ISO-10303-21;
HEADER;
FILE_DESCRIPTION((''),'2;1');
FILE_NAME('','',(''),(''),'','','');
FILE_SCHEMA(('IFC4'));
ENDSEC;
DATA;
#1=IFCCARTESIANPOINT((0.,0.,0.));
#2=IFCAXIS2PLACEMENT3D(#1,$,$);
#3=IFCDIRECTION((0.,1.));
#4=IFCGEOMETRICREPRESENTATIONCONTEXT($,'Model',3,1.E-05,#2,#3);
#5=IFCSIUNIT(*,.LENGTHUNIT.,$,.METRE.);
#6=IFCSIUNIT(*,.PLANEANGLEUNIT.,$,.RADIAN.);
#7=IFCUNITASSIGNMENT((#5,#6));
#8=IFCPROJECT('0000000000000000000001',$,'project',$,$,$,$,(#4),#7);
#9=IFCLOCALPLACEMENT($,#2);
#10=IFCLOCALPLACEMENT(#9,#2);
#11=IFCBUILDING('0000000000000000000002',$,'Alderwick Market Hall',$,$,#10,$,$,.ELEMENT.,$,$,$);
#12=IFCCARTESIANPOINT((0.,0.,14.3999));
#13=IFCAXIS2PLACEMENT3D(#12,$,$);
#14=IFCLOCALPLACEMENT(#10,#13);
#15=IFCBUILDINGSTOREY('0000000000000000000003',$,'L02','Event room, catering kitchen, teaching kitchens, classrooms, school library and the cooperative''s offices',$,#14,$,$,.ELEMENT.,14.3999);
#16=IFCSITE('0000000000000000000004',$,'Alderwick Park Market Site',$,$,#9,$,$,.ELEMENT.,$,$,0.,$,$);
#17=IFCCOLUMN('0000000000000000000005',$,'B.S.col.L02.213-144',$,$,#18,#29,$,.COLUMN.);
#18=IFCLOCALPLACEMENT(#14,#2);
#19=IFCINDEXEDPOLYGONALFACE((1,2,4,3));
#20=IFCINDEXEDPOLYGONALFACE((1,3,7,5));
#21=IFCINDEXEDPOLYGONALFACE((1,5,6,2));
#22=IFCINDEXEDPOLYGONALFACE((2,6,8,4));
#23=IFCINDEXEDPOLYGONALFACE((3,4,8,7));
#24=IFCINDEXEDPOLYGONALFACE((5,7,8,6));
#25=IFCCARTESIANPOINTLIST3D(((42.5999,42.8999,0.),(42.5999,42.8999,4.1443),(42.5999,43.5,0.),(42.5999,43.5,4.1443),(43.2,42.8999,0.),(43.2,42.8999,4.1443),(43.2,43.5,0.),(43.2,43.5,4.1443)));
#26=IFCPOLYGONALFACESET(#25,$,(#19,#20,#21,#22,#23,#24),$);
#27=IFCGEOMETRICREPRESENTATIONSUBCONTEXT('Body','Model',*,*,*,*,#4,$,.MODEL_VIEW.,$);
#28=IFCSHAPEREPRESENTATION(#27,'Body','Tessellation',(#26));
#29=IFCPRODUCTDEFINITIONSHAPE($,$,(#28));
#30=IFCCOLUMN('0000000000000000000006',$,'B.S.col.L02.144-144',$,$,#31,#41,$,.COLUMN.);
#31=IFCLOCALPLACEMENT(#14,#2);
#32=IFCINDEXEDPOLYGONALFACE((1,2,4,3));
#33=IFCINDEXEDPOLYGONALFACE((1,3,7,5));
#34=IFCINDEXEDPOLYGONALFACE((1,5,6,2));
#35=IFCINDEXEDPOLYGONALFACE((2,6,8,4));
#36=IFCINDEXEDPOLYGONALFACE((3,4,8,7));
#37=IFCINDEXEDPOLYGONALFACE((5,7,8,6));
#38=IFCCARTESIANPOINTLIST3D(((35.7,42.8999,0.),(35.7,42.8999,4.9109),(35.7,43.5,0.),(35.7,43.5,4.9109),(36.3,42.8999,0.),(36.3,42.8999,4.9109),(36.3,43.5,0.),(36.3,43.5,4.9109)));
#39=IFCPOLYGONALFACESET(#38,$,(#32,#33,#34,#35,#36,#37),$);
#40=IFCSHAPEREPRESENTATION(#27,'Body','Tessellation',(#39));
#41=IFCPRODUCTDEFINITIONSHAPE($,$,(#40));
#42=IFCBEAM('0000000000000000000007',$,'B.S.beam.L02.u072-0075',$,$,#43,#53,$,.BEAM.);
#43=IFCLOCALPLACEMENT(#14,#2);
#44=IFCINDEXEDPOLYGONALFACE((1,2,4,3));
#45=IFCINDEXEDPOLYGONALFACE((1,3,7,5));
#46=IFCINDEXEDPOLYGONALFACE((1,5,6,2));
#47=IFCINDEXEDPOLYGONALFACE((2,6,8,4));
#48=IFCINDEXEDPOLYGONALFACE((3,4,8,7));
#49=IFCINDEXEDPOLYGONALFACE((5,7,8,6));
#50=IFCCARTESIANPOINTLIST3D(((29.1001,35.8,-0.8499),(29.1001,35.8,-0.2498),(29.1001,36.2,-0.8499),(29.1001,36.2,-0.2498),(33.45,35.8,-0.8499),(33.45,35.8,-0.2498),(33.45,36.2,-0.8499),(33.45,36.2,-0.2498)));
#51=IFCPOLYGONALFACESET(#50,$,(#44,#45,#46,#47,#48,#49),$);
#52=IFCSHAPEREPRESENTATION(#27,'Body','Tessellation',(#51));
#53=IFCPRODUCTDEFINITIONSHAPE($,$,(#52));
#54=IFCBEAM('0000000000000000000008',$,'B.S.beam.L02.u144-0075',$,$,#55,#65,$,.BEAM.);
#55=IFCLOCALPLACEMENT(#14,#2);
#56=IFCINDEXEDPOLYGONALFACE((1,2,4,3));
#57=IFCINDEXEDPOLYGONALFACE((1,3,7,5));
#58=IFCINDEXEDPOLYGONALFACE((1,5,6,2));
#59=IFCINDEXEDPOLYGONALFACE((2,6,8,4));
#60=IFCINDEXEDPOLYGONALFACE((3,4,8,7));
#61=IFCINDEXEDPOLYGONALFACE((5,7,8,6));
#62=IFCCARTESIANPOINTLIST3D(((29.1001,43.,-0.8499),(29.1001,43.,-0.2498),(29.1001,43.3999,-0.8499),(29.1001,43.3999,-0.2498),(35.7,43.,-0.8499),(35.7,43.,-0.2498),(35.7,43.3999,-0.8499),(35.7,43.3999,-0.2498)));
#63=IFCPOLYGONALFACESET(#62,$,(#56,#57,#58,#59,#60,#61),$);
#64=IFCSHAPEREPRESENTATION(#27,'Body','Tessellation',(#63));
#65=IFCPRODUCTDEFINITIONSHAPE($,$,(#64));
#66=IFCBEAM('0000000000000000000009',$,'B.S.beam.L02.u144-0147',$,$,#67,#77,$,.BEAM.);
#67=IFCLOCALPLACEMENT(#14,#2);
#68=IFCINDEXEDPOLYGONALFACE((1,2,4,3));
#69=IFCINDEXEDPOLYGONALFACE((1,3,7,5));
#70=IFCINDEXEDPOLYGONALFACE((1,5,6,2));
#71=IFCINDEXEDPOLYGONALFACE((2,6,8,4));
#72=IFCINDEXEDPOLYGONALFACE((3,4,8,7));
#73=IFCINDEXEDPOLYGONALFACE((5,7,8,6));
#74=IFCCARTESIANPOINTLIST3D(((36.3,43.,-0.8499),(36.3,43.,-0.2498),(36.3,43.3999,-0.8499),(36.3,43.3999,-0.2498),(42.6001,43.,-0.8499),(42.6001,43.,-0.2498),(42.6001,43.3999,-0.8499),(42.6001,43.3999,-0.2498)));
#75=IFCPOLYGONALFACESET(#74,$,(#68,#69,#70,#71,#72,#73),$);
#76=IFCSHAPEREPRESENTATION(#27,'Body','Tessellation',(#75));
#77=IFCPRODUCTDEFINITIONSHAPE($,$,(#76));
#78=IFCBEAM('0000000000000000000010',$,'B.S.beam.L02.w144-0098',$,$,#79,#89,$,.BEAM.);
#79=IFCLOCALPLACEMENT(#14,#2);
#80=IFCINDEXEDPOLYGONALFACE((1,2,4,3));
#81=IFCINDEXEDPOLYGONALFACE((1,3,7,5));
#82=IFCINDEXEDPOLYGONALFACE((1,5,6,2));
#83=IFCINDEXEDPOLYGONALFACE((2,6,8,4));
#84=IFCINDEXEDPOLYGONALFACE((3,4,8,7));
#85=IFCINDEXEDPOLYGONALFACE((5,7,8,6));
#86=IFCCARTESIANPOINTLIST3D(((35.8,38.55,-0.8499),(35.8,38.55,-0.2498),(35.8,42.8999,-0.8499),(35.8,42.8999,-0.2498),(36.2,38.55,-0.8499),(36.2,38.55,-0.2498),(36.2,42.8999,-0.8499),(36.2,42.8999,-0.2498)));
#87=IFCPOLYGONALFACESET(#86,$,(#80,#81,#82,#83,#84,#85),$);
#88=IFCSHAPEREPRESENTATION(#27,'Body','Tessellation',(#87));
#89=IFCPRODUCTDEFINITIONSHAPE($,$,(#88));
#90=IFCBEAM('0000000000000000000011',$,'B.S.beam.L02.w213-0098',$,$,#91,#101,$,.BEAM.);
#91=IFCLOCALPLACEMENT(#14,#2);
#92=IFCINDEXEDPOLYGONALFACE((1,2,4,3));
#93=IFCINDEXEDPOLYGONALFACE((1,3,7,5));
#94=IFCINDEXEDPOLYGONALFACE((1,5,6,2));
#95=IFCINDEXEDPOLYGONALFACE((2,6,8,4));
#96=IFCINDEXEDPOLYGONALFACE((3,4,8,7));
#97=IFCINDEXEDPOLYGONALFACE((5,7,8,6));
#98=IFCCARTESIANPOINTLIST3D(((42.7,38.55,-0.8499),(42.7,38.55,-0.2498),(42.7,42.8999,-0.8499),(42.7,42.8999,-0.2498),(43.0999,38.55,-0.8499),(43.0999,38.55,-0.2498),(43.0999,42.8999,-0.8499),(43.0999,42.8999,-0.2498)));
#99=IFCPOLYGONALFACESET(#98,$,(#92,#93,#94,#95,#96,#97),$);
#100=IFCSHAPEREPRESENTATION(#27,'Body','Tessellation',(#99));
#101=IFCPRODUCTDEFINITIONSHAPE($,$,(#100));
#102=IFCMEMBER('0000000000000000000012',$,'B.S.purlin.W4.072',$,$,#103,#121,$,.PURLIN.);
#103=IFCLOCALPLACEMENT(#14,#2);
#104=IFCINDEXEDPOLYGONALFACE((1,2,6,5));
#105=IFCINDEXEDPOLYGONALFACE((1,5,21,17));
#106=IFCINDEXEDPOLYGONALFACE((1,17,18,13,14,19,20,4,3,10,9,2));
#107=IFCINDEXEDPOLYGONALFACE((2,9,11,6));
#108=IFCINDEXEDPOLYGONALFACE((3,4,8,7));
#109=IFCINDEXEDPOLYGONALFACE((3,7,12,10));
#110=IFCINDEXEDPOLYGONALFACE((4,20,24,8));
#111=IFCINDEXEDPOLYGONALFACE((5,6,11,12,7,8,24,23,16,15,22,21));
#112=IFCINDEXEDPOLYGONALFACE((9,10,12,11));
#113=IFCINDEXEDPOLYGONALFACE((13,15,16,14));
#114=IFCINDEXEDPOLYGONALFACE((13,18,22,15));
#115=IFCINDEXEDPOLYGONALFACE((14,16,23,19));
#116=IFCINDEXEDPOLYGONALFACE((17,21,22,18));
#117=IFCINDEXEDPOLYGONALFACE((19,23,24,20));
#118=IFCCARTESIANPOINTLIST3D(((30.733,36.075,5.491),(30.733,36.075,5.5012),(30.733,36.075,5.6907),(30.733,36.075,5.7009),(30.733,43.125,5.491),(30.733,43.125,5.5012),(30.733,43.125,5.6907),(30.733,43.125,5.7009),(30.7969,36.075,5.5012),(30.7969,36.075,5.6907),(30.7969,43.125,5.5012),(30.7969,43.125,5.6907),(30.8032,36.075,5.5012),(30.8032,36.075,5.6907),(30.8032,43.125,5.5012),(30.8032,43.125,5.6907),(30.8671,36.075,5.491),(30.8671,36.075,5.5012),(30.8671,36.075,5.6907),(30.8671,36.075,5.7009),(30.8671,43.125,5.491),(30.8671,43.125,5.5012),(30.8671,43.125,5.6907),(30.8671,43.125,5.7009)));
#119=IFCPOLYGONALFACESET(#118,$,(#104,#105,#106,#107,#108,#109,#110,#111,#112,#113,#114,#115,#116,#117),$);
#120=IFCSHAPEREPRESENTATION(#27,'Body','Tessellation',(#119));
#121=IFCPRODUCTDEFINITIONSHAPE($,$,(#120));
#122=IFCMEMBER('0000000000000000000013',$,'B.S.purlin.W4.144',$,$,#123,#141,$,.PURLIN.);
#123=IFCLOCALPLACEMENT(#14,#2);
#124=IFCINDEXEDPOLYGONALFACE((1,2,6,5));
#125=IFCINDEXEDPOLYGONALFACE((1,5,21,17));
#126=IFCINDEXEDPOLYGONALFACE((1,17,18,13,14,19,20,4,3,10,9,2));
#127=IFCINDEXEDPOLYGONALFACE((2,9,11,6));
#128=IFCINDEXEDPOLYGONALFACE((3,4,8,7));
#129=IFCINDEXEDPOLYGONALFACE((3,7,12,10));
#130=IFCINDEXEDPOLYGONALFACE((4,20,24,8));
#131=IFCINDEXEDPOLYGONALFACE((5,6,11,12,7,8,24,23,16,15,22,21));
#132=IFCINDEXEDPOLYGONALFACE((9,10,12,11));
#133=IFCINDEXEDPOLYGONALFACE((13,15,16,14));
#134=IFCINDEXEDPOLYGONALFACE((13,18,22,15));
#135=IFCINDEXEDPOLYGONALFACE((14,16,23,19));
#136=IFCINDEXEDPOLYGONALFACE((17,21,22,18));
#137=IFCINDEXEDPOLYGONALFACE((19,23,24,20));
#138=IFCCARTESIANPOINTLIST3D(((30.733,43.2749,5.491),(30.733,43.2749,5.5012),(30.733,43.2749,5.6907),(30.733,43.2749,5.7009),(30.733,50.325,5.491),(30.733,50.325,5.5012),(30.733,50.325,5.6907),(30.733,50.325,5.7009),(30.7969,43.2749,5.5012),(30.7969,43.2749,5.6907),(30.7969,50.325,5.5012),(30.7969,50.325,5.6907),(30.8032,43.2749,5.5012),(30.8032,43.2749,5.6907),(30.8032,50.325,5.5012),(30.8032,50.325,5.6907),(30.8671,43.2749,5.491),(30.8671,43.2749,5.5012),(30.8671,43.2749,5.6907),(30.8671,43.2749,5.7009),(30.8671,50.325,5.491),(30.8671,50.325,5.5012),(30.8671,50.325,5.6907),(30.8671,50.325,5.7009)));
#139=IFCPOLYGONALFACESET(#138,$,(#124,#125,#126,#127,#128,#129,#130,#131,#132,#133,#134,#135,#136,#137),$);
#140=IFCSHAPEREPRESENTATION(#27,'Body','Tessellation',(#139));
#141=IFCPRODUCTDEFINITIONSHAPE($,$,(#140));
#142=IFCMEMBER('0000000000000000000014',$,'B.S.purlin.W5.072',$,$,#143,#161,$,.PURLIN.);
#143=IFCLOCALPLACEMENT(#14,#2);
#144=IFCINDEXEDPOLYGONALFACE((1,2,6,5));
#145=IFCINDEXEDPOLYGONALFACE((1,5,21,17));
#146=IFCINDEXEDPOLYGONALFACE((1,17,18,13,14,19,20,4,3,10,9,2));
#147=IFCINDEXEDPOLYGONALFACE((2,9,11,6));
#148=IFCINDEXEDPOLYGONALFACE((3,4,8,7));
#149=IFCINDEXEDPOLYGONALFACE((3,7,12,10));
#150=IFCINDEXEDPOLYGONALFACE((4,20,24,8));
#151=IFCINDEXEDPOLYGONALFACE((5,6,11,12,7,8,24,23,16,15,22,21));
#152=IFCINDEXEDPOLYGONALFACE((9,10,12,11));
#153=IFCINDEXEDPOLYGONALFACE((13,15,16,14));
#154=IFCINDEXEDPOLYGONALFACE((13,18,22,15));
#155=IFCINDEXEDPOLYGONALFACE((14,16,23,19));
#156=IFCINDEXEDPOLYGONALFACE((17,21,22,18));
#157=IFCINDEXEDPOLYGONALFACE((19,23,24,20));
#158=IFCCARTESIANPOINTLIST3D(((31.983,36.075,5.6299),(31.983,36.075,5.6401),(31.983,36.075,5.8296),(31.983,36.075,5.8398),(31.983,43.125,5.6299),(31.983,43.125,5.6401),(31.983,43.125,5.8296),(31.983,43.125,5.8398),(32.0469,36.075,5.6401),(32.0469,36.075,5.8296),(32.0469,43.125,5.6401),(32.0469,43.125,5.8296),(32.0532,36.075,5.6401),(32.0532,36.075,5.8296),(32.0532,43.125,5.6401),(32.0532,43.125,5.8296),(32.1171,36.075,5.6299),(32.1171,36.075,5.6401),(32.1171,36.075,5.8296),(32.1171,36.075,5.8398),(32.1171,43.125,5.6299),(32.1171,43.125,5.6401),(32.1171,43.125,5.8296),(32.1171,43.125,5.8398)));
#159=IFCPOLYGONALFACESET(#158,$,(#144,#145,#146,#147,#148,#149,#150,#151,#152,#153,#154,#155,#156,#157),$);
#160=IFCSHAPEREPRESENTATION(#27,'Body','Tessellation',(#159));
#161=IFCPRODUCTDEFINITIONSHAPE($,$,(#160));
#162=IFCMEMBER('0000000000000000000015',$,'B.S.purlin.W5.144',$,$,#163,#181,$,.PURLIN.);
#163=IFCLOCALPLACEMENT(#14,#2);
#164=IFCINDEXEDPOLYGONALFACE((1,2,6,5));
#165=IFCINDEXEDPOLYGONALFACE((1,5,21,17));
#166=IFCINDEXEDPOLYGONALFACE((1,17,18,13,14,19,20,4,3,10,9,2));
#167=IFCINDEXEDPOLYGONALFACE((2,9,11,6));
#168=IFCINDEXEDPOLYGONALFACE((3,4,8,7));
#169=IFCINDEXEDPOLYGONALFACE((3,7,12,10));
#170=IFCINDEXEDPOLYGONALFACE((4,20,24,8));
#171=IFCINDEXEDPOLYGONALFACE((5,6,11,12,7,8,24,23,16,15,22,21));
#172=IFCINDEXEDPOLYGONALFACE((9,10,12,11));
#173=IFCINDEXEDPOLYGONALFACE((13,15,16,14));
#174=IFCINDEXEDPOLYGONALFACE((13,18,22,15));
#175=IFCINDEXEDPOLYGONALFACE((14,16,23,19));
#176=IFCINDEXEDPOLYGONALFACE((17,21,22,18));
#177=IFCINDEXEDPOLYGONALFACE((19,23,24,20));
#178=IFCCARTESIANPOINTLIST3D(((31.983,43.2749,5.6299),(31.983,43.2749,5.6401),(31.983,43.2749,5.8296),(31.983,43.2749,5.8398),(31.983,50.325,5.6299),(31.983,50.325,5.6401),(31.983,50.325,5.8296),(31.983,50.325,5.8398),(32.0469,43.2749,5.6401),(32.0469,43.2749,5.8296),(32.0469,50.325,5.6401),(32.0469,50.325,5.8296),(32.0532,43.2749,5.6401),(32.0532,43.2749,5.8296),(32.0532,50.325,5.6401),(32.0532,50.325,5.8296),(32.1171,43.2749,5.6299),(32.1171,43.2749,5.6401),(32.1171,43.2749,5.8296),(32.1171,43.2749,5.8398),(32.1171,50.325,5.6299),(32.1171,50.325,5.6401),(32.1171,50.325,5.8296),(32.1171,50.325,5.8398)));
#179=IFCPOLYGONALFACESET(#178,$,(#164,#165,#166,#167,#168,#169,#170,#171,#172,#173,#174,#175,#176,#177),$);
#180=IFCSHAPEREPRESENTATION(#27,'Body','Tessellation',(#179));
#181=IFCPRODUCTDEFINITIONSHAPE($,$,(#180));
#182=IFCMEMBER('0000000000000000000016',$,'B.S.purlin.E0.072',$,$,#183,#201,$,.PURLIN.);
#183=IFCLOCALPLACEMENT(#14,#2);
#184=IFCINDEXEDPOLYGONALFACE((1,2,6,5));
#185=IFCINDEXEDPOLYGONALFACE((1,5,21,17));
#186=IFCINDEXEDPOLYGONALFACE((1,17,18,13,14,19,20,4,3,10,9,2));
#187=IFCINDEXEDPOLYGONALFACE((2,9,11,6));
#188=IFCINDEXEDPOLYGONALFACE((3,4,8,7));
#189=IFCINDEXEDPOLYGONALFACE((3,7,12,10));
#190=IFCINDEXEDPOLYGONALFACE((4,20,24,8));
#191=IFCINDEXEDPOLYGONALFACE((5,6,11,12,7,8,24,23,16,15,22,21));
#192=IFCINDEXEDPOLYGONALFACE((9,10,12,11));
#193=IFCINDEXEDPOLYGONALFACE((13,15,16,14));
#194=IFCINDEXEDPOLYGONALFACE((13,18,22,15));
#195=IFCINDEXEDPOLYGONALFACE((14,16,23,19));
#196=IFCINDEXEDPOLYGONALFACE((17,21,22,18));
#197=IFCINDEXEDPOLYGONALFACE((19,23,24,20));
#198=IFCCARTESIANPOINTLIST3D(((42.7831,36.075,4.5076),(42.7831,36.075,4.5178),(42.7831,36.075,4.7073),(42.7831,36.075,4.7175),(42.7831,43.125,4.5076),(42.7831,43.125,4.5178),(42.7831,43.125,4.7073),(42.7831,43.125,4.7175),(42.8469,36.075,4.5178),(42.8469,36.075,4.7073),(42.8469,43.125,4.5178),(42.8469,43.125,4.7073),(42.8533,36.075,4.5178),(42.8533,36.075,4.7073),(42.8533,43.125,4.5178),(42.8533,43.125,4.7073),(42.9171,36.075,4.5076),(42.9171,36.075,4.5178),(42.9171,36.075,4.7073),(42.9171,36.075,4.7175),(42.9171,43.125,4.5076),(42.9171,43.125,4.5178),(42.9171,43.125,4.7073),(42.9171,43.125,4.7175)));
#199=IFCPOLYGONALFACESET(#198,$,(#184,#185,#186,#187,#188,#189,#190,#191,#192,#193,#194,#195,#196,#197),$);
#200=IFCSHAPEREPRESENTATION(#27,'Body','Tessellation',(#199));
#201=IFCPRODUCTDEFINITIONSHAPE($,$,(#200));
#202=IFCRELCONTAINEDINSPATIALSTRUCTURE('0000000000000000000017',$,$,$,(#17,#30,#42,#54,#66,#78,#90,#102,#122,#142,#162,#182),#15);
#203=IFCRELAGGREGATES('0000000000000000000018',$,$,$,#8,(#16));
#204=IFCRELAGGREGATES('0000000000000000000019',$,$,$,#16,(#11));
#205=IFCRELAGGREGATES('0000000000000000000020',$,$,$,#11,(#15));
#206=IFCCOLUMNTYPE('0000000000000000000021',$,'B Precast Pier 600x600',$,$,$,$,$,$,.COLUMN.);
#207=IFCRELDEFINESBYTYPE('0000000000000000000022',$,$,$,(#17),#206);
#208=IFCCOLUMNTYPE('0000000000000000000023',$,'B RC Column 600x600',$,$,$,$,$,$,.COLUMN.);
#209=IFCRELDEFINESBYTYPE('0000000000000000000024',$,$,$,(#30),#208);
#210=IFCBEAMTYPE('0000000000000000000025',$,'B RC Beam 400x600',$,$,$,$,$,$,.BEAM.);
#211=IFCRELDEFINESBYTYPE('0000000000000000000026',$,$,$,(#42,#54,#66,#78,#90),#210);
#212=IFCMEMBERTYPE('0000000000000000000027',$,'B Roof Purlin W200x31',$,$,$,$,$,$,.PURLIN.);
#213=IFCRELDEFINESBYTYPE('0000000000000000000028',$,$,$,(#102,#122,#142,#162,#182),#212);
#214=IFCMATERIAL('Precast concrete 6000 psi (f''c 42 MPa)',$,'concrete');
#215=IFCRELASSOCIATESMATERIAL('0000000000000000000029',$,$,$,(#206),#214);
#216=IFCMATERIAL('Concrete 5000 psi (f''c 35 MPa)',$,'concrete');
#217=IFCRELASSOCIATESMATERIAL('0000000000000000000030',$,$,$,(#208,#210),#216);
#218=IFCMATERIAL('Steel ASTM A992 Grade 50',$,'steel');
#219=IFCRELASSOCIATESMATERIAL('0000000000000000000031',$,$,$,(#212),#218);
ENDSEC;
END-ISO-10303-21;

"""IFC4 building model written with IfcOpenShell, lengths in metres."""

from ifc_helpers import new_model, si_unit, direction, frame, origin, origin_2d, place, context, subcontext, project, spatial, rectangle, i_section, extrude, material, material_profile, profile_set, type_object, element, save


model = new_model("IFC4")

# Units and contexts
model_context = context("Model", 3, precision=1e-05, world=origin(), true_north=direction((0.0, 1.0)))
body_context = subcontext(model_context, "Body", "Model", "MODEL_VIEW")
ifc_project = project(units=[si_unit("LENGTHUNIT", "METRE"), si_unit("PLANEANGLEUNIT", "RADIAN")], contexts=[model_context])

# Site, building, storey
site_placement = place(None, origin())
site = spatial("IfcSite", under=ifc_project, at=site_placement, Name="Alderwick Park Market Site", CompositionType="ELEMENT", RefElevation=0.0)
building_placement = place(site_placement, origin())
building = spatial("IfcBuilding", under=site, at=building_placement, Name="Alderwick Market Hall", CompositionType="ELEMENT")
storey_placement = place(building_placement, frame((0.0, 0.0, 14.3999)))
storey = spatial("IfcBuildingStorey", under=building, at=storey_placement, Name="L02", Description="Event room, catering kitchen, teaching kitchens, classrooms, school library and the cooperative's offices", CompositionType="ELEMENT", Elevation=14.3999)

# Columns
ifc_material_1 = material(Name="Precast concrete 6000 psi (f'c 42 MPa)", Category="concrete")
ifc_material_profile_1 = material_profile(ifc_material_1, rectangle(XDim=0.6001, YDim=0.6001, at=origin_2d()), Name="B Precast Pier 600x600")
ifc_profile_set_1 = profile_set([ifc_material_profile_1], Name="Precast concrete 6000 psi (f'c 42 MPa)")
column_type_1 = type_object("IfcColumnType", Name="B Precast Pier 600x600", PredefinedType="COLUMN", material=ifc_profile_set_1)
column_1_placement = place(storey_placement, frame((42.8999, 43.2, 0.0), z_axis=(0.0, 0.0, 1.0), x_axis=(1.0, 0.0, 0.0)))
element("IfcColumn", 1, at=column_1_placement, inside=storey, type_object=column_type_1, Name="B.S.col.L02.213-144", PredefinedType="COLUMN", context=body_context, shape_type="SweptSolid", body=[
    extrude(rectangle(XDim=0.6001, YDim=0.6001, at=origin_2d()), origin(), (0.0, 0.0, 1.0), 4.1443),
])
ifc_material_2 = material(Name="Concrete 5000 psi (f'c 35 MPa)", Category="concrete")
ifc_material_profile_2 = material_profile(ifc_material_2, rectangle(XDim=0.6001, YDim=0.6001, at=origin_2d()), Name="B RC Column 600x600")
ifc_profile_set_2 = profile_set([ifc_material_profile_2], Name="Concrete 5000 psi (f'c 35 MPa)")
column_type_2 = type_object("IfcColumnType", Name="B RC Column 600x600", PredefinedType="COLUMN", material=ifc_profile_set_2)
column_2_placement = place(storey_placement, frame((36.0, 43.2, 0.0), z_axis=(0.0, 0.0, 1.0), x_axis=(1.0, 0.0, 0.0)))
element("IfcColumn", 2, at=column_2_placement, inside=storey, type_object=column_type_2, Name="B.S.col.L02.144-144", PredefinedType="COLUMN", context=body_context, shape_type="SweptSolid", body=[
    extrude(rectangle(XDim=0.6001, YDim=0.6001, at=origin_2d()), origin(), (0.0, 0.0, 1.0), 4.9109),
])

# Beams
ifc_material_profile_3 = material_profile(ifc_material_2, rectangle(XDim=0.3999, YDim=0.6001, at=origin_2d()), Name="B RC Beam 400x600")
ifc_profile_set_3 = profile_set([ifc_material_profile_3], Name="Concrete 5000 psi (f'c 35 MPa)")
beam_type_1 = type_object("IfcBeamType", Name="B RC Beam 400x600", PredefinedType="BEAM", material=ifc_profile_set_3)
beam_1_placement = place(storey_placement, frame((29.1001, 36.0, -0.5498), z_axis=(1.0, 0.0, 0.0), x_axis=(0.0, 1.0, 0.0)))
element("IfcBeam", 3, at=beam_1_placement, inside=storey, type_object=beam_type_1, Name="B.S.beam.L02.u072-0075", PredefinedType="BEAM", context=body_context, shape_type="SweptSolid", body=[
    extrude(rectangle(XDim=0.3999, YDim=0.6001, at=origin_2d()), origin(), (0.0, 0.0, 1.0), 4.3499),
])
beam_2_placement = place(storey_placement, frame((29.1001, 43.2, -0.5498), z_axis=(1.0, 0.0, 0.0), x_axis=(0.0, 1.0, 0.0)))
element("IfcBeam", 4, at=beam_2_placement, inside=storey, type_object=beam_type_1, Name="B.S.beam.L02.u144-0075", PredefinedType="BEAM", context=body_context, shape_type="SweptSolid", body=[
    extrude(rectangle(XDim=0.3999, YDim=0.6001, at=origin_2d()), origin(), (0.0, 0.0, 1.0), 6.5999),
])
beam_3_placement = place(storey_placement, frame((36.3, 43.2, -0.5498), z_axis=(1.0, 0.0, 0.0), x_axis=(0.0, 1.0, 0.0)))
element("IfcBeam", 5, at=beam_3_placement, inside=storey, type_object=beam_type_1, Name="B.S.beam.L02.u144-0147", PredefinedType="BEAM", context=body_context, shape_type="SweptSolid", body=[
    extrude(rectangle(XDim=0.3999, YDim=0.6001, at=origin_2d()), origin(), (0.0, 0.0, 1.0), 6.3),
])
for number, where, z_axis, x_axis, name in (
    (6, (36.0, 38.55, -0.5498), (0.0, 1.0, 0.0), (-1.0, 0.0, 0.0), "B.S.beam.L02.w144-0098"),
    (7, (42.8999, 38.55, -0.5498), (0.0, 1.0, 0.0), (-1.0, 0.0, 0.0), "B.S.beam.L02.w213-0098"),
):
    element("IfcBeam", number, at=place(storey_placement, frame(where, z_axis=z_axis, x_axis=x_axis)), inside=storey, type_object=beam_type_1, Name=name, PredefinedType="BEAM", context=body_context, shape_type="SweptSolid", body=[
        extrude(rectangle(XDim=0.3999, YDim=0.6001, at=origin_2d()), origin(), (0.0, 0.0, 1.0), 4.3499),
    ])

# Members
ifc_material_3 = material(Name="Steel ASTM A992 Grade 50", Category="steel")
ifc_material_profile_4 = material_profile(ifc_material_3, i_section(OverallWidth=0.134, OverallDepth=0.21, WebThickness=0.0063, FlangeThickness=0.0103, at=origin_2d()), Name="W200x31")
ifc_profile_set_4 = profile_set([ifc_material_profile_4], Name="Steel ASTM A992 Grade 50")
member_type = type_object("IfcMemberType", Name="B Roof Purlin W200x31", PredefinedType="PURLIN", material=ifc_profile_set_4)
for number, where, z_axis, x_axis, name in (
    (8, (30.8, 36.075, 5.5959), (0.0, 1.0, 0.0), (-1.0, 0.0, 0.0), "B.S.purlin.W4.072"),
    (9, (30.8, 43.2749, 5.5959), (0.0, 1.0, 0.0), (-1.0, 0.0, 0.0), "B.S.purlin.W4.144"),
    (10, (32.05, 36.075, 5.7349), (0.0, 1.0, 0.0), (-1.0, 0.0, 0.0), "B.S.purlin.W5.072"),
    (11, (32.05, 43.2749, 5.7349), (0.0, 1.0, 0.0), (-1.0, 0.0, 0.0), "B.S.purlin.W5.144"),
    (12, (42.8501, 36.075, 4.6125), (0.0, 1.0, 0.0), (-1.0, 0.0, 0.0), "B.S.purlin.E0.072"),
):
    element("IfcMember", number, at=place(storey_placement, frame(where, z_axis=z_axis, x_axis=x_axis)), inside=storey, type_object=member_type, Name=name, PredefinedType="PURLIN", context=body_context, shape_type="SweptSolid", body=[
        extrude(i_section(OverallWidth=0.134, OverallDepth=0.21, WebThickness=0.0063, FlangeThickness=0.0103, at=origin_2d()), origin(), (0.0, 0.0, 1.0), 7.05),
    ])

save(model, "model.ifc")
